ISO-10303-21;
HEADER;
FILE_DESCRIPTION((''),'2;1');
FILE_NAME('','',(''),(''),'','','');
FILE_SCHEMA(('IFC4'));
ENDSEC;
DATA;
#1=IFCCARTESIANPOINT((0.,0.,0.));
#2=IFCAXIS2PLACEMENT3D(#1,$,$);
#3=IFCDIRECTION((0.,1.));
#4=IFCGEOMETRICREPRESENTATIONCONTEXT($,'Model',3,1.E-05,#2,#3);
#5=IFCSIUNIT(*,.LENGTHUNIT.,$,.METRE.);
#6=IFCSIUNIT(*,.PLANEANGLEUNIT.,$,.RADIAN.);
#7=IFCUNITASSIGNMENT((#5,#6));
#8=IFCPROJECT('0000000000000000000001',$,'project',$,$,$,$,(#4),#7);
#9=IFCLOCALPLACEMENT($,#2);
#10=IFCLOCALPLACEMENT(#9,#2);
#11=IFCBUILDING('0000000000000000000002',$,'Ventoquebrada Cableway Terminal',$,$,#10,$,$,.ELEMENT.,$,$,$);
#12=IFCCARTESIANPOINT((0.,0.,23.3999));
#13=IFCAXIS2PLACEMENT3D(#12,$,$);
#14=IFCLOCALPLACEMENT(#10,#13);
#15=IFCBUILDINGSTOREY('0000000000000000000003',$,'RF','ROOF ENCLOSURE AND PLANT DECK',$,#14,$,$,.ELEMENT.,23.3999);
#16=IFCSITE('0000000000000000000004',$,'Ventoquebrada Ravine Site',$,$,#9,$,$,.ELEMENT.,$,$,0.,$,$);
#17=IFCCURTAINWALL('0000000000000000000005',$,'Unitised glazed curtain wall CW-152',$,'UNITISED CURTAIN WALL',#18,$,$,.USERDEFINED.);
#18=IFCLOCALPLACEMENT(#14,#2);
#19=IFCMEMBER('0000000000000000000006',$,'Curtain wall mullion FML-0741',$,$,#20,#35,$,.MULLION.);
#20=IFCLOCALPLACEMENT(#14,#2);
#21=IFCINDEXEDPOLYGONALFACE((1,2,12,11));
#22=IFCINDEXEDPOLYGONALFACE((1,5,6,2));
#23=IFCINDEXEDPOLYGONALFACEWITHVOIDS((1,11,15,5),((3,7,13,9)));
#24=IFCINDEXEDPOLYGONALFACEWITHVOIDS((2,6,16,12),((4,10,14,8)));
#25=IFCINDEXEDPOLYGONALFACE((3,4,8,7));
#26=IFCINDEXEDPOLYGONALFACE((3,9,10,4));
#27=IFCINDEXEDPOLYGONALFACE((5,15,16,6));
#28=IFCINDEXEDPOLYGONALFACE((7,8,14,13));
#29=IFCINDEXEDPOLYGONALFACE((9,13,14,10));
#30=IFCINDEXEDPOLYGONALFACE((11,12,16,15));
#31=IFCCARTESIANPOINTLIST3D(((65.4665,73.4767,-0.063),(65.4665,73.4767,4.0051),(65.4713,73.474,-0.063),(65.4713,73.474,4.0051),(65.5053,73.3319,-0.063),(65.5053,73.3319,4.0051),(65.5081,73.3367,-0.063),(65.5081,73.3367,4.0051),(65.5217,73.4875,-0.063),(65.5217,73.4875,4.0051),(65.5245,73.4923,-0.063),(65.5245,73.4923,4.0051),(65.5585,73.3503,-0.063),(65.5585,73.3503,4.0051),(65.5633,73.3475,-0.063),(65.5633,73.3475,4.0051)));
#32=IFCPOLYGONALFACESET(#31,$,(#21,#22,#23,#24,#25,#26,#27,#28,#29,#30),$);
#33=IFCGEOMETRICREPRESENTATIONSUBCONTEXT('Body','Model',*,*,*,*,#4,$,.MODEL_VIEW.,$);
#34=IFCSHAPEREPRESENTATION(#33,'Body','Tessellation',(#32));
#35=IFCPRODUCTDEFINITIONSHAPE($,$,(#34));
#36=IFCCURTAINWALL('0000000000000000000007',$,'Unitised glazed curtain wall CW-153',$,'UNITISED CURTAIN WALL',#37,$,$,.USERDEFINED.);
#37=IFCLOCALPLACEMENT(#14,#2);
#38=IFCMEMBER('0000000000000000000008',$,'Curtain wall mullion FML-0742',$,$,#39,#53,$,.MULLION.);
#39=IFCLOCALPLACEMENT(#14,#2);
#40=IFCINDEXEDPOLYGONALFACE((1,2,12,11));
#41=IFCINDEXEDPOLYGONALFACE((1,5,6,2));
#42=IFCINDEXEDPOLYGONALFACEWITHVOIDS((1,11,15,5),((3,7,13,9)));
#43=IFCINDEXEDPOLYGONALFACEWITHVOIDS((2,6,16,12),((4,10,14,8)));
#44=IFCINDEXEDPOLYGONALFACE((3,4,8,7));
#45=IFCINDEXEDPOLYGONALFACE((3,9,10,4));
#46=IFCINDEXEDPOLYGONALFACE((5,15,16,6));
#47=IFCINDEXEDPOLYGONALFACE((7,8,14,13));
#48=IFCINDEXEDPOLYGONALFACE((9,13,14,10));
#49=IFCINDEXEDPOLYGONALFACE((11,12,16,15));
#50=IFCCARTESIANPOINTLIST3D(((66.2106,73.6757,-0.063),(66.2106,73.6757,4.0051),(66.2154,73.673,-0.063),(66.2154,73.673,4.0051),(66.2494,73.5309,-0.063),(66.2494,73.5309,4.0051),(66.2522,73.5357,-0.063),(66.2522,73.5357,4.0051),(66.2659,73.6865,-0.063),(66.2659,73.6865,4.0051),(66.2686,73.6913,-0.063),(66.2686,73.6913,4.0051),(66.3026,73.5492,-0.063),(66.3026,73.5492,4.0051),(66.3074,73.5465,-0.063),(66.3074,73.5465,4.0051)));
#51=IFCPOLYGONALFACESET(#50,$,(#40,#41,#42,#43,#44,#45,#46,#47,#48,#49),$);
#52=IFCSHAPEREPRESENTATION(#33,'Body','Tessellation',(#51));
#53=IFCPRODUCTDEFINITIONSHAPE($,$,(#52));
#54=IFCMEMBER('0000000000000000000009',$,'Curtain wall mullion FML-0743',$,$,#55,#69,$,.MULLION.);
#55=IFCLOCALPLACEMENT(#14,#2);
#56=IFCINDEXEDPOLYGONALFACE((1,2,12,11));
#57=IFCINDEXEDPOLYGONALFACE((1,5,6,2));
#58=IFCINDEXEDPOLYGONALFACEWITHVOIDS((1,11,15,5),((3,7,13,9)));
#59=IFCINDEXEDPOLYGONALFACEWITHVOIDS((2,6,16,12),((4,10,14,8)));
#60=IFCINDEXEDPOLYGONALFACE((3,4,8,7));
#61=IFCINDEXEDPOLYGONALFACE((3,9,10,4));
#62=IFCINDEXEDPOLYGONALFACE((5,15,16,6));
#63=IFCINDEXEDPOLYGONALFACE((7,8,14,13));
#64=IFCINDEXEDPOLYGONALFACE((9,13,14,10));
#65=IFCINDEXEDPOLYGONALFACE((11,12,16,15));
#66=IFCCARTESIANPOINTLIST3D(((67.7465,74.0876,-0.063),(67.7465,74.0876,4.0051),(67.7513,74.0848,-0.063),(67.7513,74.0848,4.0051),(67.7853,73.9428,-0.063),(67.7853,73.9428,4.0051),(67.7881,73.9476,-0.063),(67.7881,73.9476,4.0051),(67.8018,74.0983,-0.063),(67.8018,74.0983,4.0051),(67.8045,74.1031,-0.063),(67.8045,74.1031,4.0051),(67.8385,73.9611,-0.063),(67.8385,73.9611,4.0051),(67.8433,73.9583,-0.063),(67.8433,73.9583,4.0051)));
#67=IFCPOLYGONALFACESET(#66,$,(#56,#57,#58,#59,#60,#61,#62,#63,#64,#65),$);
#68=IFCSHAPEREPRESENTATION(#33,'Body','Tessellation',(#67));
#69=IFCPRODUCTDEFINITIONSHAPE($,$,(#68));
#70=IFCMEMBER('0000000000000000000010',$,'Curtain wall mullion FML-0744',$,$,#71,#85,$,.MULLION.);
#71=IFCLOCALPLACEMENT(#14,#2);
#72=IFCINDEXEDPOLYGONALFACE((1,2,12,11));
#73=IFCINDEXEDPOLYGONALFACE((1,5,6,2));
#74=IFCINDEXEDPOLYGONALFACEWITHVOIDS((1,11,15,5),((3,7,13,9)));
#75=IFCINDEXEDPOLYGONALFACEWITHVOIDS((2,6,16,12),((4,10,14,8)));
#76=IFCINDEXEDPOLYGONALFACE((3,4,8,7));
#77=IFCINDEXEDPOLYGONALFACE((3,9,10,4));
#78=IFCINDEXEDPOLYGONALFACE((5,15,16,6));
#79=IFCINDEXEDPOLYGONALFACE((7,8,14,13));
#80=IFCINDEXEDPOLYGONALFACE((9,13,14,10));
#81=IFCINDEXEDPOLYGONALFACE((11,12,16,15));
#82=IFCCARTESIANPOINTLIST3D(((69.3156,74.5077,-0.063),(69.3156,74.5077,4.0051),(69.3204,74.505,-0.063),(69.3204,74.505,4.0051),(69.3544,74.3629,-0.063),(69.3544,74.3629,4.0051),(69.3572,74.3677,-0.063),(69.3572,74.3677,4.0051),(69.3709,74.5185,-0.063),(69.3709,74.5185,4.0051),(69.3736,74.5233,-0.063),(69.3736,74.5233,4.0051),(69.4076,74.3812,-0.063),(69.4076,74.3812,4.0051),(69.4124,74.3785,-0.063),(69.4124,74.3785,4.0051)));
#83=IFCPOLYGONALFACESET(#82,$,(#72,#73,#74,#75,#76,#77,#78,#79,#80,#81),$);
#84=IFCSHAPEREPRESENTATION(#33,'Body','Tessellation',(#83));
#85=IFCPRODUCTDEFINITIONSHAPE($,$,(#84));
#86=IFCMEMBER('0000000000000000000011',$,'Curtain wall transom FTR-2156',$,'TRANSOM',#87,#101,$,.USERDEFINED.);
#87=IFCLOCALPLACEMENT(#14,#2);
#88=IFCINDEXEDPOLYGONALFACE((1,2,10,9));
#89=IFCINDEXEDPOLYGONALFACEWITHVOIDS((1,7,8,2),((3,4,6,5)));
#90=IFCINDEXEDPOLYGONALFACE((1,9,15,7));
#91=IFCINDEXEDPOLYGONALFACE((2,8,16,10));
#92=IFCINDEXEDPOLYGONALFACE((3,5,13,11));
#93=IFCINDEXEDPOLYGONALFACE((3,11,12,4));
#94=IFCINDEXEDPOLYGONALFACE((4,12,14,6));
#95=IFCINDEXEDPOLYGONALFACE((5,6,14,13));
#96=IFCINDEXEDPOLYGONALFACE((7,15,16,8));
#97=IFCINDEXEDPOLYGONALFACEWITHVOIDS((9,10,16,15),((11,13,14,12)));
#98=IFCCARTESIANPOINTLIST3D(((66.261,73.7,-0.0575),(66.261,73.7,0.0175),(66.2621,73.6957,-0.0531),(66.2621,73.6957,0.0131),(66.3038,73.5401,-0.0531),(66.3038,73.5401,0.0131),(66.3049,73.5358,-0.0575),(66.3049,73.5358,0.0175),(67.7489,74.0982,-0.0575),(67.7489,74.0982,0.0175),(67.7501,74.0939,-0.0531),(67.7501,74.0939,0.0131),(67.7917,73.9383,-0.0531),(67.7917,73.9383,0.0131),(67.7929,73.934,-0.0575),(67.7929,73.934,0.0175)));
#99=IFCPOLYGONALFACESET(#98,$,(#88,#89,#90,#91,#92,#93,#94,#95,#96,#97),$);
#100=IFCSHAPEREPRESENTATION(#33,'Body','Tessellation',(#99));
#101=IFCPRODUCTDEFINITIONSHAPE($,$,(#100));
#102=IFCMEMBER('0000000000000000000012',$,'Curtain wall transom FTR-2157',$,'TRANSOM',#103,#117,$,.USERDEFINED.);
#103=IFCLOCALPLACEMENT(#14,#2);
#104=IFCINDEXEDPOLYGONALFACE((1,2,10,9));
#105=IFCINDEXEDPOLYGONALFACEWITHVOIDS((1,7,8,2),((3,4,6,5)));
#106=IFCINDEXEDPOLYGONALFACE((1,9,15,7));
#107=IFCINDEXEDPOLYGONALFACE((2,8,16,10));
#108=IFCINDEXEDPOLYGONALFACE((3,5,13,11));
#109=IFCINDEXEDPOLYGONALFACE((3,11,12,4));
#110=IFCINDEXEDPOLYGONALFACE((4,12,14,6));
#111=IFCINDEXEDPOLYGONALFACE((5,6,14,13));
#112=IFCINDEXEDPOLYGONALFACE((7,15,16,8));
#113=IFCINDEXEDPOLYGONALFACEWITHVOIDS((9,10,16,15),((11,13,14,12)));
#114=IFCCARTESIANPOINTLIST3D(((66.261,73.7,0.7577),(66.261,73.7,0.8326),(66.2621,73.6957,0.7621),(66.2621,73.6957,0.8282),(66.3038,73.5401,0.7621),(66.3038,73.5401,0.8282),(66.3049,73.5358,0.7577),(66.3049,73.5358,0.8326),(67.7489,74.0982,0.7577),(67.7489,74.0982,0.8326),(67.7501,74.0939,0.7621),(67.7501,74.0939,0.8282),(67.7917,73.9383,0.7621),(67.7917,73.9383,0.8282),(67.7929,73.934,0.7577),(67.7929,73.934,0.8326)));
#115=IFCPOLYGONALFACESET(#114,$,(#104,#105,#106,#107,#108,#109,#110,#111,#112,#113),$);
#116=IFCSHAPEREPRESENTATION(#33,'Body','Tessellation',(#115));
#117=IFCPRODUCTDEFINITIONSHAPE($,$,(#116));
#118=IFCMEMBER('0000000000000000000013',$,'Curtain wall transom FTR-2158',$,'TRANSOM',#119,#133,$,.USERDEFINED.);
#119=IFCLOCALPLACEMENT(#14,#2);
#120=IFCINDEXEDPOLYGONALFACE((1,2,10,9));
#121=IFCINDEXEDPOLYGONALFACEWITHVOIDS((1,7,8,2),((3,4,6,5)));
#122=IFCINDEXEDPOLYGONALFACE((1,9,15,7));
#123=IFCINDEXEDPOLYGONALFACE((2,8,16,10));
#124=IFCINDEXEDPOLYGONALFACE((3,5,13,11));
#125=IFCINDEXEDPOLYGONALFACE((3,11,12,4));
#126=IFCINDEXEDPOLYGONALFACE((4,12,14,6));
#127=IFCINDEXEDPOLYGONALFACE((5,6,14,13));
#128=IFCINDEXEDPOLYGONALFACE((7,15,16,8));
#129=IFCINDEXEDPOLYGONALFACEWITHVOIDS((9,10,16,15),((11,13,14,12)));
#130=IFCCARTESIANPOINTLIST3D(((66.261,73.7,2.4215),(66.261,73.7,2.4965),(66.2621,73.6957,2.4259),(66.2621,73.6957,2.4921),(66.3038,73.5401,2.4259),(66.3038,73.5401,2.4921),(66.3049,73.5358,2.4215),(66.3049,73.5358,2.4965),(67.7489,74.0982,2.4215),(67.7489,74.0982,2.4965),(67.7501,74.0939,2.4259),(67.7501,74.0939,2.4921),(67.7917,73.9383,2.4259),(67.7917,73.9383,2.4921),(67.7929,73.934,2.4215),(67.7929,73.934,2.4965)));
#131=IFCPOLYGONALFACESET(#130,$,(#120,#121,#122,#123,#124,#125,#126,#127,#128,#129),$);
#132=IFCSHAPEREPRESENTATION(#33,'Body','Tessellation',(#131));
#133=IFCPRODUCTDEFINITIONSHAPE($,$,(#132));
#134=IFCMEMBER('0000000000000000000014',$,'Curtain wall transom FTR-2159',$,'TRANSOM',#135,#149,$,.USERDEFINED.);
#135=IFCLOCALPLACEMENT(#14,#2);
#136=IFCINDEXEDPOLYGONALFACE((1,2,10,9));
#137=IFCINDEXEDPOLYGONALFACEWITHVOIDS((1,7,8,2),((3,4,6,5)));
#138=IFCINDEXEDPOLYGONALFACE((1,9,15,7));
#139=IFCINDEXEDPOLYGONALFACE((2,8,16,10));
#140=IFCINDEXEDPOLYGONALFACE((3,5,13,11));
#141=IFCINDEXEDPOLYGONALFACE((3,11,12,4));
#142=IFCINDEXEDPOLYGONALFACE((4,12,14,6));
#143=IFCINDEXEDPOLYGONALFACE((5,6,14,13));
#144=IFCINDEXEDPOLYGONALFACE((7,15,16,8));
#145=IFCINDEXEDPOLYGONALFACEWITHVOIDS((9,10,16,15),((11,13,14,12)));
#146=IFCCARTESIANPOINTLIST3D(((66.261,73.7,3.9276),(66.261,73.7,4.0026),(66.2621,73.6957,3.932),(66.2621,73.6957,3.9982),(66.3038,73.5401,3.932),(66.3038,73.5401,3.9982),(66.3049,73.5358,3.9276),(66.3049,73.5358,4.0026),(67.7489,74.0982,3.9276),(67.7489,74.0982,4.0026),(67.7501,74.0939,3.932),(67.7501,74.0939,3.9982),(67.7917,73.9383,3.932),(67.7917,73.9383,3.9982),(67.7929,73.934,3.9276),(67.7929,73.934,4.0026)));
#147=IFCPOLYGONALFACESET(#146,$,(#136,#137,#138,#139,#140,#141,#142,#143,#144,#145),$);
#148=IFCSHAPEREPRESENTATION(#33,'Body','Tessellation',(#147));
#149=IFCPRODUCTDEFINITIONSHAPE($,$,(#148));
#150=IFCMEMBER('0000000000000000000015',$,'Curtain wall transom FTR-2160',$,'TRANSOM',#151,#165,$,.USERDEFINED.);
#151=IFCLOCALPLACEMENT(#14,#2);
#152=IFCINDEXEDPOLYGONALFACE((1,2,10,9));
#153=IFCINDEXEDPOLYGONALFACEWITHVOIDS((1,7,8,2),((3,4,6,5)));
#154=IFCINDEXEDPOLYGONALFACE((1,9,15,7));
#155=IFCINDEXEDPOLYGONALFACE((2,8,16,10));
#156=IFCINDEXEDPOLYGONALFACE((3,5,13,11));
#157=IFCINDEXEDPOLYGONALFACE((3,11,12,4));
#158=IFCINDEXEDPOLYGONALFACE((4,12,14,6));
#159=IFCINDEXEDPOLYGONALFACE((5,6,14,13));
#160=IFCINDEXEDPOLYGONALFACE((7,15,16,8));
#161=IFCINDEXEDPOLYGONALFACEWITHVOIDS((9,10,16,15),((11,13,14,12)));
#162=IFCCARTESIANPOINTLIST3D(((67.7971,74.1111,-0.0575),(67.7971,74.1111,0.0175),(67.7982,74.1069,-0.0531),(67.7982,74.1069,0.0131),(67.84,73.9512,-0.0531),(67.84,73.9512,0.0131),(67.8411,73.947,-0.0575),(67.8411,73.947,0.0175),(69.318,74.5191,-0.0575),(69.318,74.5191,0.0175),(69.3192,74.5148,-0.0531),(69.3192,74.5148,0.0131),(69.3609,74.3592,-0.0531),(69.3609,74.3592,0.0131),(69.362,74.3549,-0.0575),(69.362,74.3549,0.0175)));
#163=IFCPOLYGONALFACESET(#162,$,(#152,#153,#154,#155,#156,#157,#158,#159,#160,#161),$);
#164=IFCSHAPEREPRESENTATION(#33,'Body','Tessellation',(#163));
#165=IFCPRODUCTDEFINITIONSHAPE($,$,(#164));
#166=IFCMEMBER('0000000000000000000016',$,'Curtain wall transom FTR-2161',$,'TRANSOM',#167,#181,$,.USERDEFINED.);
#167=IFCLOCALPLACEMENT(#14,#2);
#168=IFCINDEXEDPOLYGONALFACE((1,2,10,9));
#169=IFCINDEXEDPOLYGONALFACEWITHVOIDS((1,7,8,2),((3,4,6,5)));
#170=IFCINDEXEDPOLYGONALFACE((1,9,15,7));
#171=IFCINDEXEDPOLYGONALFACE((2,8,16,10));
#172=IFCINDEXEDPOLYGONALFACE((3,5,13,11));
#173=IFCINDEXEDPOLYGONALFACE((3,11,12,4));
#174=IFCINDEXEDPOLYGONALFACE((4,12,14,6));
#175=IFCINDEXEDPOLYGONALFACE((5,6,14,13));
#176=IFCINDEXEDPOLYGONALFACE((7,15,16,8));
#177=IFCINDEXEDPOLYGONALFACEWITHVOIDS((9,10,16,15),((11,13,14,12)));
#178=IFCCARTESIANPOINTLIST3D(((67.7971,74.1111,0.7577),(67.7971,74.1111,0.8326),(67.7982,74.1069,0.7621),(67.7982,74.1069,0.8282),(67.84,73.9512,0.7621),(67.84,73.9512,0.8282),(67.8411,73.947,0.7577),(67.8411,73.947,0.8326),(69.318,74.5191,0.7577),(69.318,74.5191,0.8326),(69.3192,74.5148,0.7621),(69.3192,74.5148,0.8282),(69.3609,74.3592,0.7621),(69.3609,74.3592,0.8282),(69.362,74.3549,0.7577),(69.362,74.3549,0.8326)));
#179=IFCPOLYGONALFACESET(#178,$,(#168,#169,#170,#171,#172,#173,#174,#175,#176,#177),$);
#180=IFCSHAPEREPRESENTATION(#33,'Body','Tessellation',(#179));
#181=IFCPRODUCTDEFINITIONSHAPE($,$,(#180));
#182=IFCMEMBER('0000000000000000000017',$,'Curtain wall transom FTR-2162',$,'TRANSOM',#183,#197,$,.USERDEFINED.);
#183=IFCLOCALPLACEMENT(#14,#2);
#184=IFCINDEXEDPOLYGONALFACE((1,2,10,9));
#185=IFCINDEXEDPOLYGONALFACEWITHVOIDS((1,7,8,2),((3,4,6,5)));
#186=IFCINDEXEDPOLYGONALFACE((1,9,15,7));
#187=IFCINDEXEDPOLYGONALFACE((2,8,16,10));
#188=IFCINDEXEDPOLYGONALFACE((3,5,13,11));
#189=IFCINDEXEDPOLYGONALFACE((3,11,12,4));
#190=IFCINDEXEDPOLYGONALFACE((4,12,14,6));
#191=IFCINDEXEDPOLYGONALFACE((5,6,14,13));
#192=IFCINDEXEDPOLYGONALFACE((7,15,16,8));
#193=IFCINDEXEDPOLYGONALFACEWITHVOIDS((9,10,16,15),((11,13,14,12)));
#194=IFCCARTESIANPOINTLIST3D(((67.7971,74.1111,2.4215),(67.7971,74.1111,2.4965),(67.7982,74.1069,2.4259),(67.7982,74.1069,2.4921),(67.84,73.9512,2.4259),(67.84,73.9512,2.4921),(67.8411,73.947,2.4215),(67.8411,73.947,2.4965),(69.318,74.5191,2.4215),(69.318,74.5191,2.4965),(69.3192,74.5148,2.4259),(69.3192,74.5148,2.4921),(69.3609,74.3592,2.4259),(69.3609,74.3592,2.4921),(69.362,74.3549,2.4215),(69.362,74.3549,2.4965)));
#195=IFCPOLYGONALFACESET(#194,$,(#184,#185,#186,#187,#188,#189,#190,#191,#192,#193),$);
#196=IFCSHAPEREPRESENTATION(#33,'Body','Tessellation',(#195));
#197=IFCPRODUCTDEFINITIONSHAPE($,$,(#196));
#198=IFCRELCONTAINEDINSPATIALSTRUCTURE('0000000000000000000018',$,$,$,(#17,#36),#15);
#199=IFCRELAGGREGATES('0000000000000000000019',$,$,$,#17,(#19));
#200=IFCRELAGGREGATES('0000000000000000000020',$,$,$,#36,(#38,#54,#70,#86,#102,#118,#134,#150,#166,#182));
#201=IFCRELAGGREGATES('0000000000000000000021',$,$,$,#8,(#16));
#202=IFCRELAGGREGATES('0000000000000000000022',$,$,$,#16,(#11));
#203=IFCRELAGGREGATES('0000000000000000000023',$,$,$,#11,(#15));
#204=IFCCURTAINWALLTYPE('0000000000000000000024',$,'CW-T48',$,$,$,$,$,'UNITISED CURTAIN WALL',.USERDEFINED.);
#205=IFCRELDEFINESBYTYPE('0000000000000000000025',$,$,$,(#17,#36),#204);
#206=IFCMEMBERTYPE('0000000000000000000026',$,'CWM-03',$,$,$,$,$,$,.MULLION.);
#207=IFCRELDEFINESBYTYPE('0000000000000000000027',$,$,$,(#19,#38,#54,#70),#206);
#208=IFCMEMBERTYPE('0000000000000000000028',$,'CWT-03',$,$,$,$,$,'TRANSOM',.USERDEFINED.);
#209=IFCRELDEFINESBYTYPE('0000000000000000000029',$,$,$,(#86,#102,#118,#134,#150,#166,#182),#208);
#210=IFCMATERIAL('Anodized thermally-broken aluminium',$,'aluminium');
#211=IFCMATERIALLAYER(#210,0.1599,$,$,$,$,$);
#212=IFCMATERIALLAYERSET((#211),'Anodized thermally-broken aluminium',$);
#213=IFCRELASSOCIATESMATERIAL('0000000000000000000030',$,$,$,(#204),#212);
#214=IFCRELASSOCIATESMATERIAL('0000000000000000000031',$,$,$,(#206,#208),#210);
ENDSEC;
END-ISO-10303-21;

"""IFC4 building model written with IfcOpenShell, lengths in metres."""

from ifc_helpers import new_model, si_unit, direction, frame, origin, origin_2d, place, context, subcontext, project, spatial, hollow_rectangle, extrude, material, layer, layer_set, material_profile, profile_set, type_object, element, aggregate, save


model = new_model("IFC4")

# Units and contexts
model_context = context("Model", 3, precision=1e-05, world=origin(), true_north=direction((0.0, 1.0)))
body_context = subcontext(model_context, "Body", "Model", "MODEL_VIEW")
ifc_project = project(units=[si_unit("LENGTHUNIT", "METRE"), si_unit("PLANEANGLEUNIT", "RADIAN")], contexts=[model_context])

# Site, building, storey
site_placement = place(None, origin())
site = spatial("IfcSite", under=ifc_project, at=site_placement, Name="Ventoquebrada Ravine Site", CompositionType="ELEMENT", RefElevation=0.0)
building_placement = place(site_placement, origin())
building = spatial("IfcBuilding", under=site, at=building_placement, Name="Ventoquebrada Cableway Terminal", CompositionType="ELEMENT")
storey_placement = place(building_placement, frame((0.0, 0.0, 23.3999)))
storey = spatial("IfcBuildingStorey", under=building, at=storey_placement, Name="RF", Description="ROOF ENCLOSURE AND PLANT DECK", CompositionType="ELEMENT", Elevation=23.3999)

# Curtain wall, member
ifc_material_1 = material(Name="Anodized thermally-broken aluminium", Category="aluminium")
ifc_layer_1 = layer(ifc_material_1, 0.1599)
ifc_layer_set_1 = layer_set([ifc_layer_1], Name="Anodized thermally-broken aluminium")
curtain_wall_type = type_object("IfcCurtainWallType", Name="CW-T48", ElementType="UNITISED CURTAIN WALL", PredefinedType="USERDEFINED", material=ifc_layer_set_1)
curtain_wall_1_placement = place(storey_placement, origin())
curtain_wall_1 = element("IfcCurtainWall", 1, at=curtain_wall_1_placement, inside=storey, type_object=curtain_wall_type, Name="Unitised glazed curtain wall CW-152", ObjectType="UNITISED CURTAIN WALL", PredefinedType="USERDEFINED")
ifc_material_profile_1 = material_profile(ifc_material_1, hollow_rectangle(XDim=0.0601, YDim=0.1499, WallThickness=0.0039, at=origin_2d()), Name="CW-MUL-60X150")
ifc_profile_set_1 = profile_set([ifc_material_profile_1], Name="Anodized thermally-broken aluminium")
member_type_1 = type_object("IfcMemberType", Name="CWM-03", PredefinedType="MULLION", material=ifc_profile_set_1)
member_1_placement = place(storey_placement, frame((65.5149, 73.4121, -0.063), z_axis=(0.0, 0.0, 1.0), x_axis=(0.965894, 0.258937, 0.0)))
member_1 = element("IfcMember", 2, at=member_1_placement, type_object=member_type_1, Name="Curtain wall mullion FML-0741", PredefinedType="MULLION", context=body_context, shape_type="SweptSolid", body=[
    extrude(hollow_rectangle(XDim=0.0601, YDim=0.1499, WallThickness=0.0039, at=origin_2d()), origin(), (0.0, 0.0, 1.0), 4.0681),
])

# Curtain wall, members
curtain_wall_2_placement = place(storey_placement, origin())
curtain_wall_2 = element("IfcCurtainWall", 3, at=curtain_wall_2_placement, inside=storey, type_object=curtain_wall_type, Name="Unitised glazed curtain wall CW-153", ObjectType="UNITISED CURTAIN WALL", PredefinedType="USERDEFINED")
member_2_placement = place(storey_placement, frame((66.259, 73.6111, -0.063), z_axis=(0.0, 0.0, 1.0), x_axis=(0.965944, 0.258752, 0.0)))
member_2 = element("IfcMember", 4, at=member_2_placement, type_object=member_type_1, Name="Curtain wall mullion FML-0742", PredefinedType="MULLION", context=body_context, shape_type="SweptSolid", body=[
    extrude(hollow_rectangle(XDim=0.0601, YDim=0.1499, WallThickness=0.0039, at=origin_2d()), origin(), (0.0, 0.0, 1.0), 4.0681),
])
member_3_placement = place(storey_placement, frame((67.7949, 74.0229, -0.063), z_axis=(0.0, 0.0, 1.0), x_axis=(0.965944, 0.258752, 0.0)))
member_3 = element("IfcMember", 5, at=member_3_placement, type_object=member_type_1, Name="Curtain wall mullion FML-0743", PredefinedType="MULLION", context=body_context, shape_type="SweptSolid", body=[
    extrude(hollow_rectangle(XDim=0.0601, YDim=0.1499, WallThickness=0.0039, at=origin_2d()), origin(), (0.0, 0.0, 1.0), 4.0681),
])
member_4_placement = place(storey_placement, frame((69.364, 74.4431, -0.063), z_axis=(0.0, 0.0, 1.0), x_axis=(0.965944, 0.258752, 0.0)))
member_4 = element("IfcMember", 6, at=member_4_placement, type_object=member_type_1, Name="Curtain wall mullion FML-0744", PredefinedType="MULLION", context=body_context, shape_type="SweptSolid", body=[
    extrude(hollow_rectangle(XDim=0.0601, YDim=0.1499, WallThickness=0.0039, at=origin_2d()), origin(), (0.0, 0.0, 1.0), 4.0681),
])
ifc_material_profile_2 = material_profile(ifc_material_1, hollow_rectangle(XDim=0.075, YDim=0.1699, WallThickness=0.0044, at=origin_2d()), Name="CW-TRN-75X170")
ifc_profile_set_2 = profile_set([ifc_material_profile_2], Name="Anodized thermally-broken aluminium")
member_type_2 = type_object("IfcMemberType", Name="CWT-03", ElementType="TRANSOM", PredefinedType="USERDEFINED", material=ifc_profile_set_2)
member_5_placement = place(storey_placement, frame((66.283, 73.6179, -0.02), z_axis=(0.966011, 0.258501, 0.0), x_axis=(0.0, 0.0, 1.0)))
member_5 = element("IfcMember", 7, at=member_5_placement, type_object=member_type_2, Name="Curtain wall transom FTR-2156", ObjectType="TRANSOM", PredefinedType="USERDEFINED", context=body_context, shape_type="SweptSolid", body=[
    extrude(hollow_rectangle(XDim=0.075, YDim=0.1699, WallThickness=0.0044, at=origin_2d()), origin(), (0.0, 0.0, 1.0), 1.5403),
])
member_6_placement = place(storey_placement, frame((66.283, 73.6179, 0.7952), z_axis=(0.966011, 0.258501, 0.0), x_axis=(0.0, 0.0, 1.0)))
member_6 = element("IfcMember", 8, at=member_6_placement, type_object=member_type_2, Name="Curtain wall transom FTR-2157", ObjectType="TRANSOM", PredefinedType="USERDEFINED", context=body_context, shape_type="SweptSolid", body=[
    extrude(hollow_rectangle(XDim=0.075, YDim=0.1699, WallThickness=0.0044, at=origin_2d()), origin(), (0.0, 0.0, 1.0), 1.5403),
])
member_7_placement = place(storey_placement, frame((66.283, 73.6179, 2.459), z_axis=(0.966011, 0.258501, 0.0), x_axis=(0.0, 0.0, 1.0)))
member_7 = element("IfcMember", 9, at=member_7_placement, type_object=member_type_2, Name="Curtain wall transom FTR-2158", ObjectType="TRANSOM", PredefinedType="USERDEFINED", context=body_context, shape_type="SweptSolid", body=[
    extrude(hollow_rectangle(XDim=0.075, YDim=0.1699, WallThickness=0.0044, at=origin_2d()), origin(), (0.0, 0.0, 1.0), 1.5403),
])
member_8_placement = place(storey_placement, frame((66.283, 73.6179, 3.9651), z_axis=(0.966011, 0.258501, 0.0), x_axis=(0.0, 0.0, 1.0)))
member_8 = element("IfcMember", 10, at=member_8_placement, type_object=member_type_2, Name="Curtain wall transom FTR-2159", ObjectType="TRANSOM", PredefinedType="USERDEFINED", context=body_context, shape_type="SweptSolid", body=[
    extrude(hollow_rectangle(XDim=0.075, YDim=0.1699, WallThickness=0.0044, at=origin_2d()), origin(), (0.0, 0.0, 1.0), 1.5403),
])
member_9_placement = place(storey_placement, frame((67.8191, 74.0291, -0.02), z_axis=(0.965861, 0.259062, 0.0), x_axis=(0.0, 0.0, 1.0)))
member_9 = element("IfcMember", 11, at=member_9_placement, type_object=member_type_2, Name="Curtain wall transom FTR-2160", ObjectType="TRANSOM", PredefinedType="USERDEFINED", context=body_context, shape_type="SweptSolid", body=[
    extrude(hollow_rectangle(XDim=0.075, YDim=0.1699, WallThickness=0.0044, at=origin_2d()), origin(), (0.0, 0.0, 1.0), 1.5747),
])
member_10_placement = place(storey_placement, frame((67.8191, 74.0291, 0.7952), z_axis=(0.965861, 0.259062, 0.0), x_axis=(0.0, 0.0, 1.0)))
member_10 = element("IfcMember", 12, at=member_10_placement, type_object=member_type_2, Name="Curtain wall transom FTR-2161", ObjectType="TRANSOM", PredefinedType="USERDEFINED", context=body_context, shape_type="SweptSolid", body=[
    extrude(hollow_rectangle(XDim=0.075, YDim=0.1699, WallThickness=0.0044, at=origin_2d()), origin(), (0.0, 0.0, 1.0), 1.5747),
])
member_11_placement = place(storey_placement, frame((67.8191, 74.0291, 2.459), z_axis=(0.965861, 0.259062, 0.0), x_axis=(0.0, 0.0, 1.0)))
member_11 = element("IfcMember", 13, at=member_11_placement, type_object=member_type_2, Name="Curtain wall transom FTR-2162", ObjectType="TRANSOM", PredefinedType="USERDEFINED", context=body_context, shape_type="SweptSolid", body=[
    extrude(hollow_rectangle(XDim=0.075, YDim=0.1699, WallThickness=0.0044, at=origin_2d()), origin(), (0.0, 0.0, 1.0), 1.5747),
])

aggregate(curtain_wall_1, [member_1])
aggregate(curtain_wall_2, [member_2, member_3, member_4, member_5, member_6, member_7, member_8, member_9, member_10, member_11])

save(model, "model.ifc")
